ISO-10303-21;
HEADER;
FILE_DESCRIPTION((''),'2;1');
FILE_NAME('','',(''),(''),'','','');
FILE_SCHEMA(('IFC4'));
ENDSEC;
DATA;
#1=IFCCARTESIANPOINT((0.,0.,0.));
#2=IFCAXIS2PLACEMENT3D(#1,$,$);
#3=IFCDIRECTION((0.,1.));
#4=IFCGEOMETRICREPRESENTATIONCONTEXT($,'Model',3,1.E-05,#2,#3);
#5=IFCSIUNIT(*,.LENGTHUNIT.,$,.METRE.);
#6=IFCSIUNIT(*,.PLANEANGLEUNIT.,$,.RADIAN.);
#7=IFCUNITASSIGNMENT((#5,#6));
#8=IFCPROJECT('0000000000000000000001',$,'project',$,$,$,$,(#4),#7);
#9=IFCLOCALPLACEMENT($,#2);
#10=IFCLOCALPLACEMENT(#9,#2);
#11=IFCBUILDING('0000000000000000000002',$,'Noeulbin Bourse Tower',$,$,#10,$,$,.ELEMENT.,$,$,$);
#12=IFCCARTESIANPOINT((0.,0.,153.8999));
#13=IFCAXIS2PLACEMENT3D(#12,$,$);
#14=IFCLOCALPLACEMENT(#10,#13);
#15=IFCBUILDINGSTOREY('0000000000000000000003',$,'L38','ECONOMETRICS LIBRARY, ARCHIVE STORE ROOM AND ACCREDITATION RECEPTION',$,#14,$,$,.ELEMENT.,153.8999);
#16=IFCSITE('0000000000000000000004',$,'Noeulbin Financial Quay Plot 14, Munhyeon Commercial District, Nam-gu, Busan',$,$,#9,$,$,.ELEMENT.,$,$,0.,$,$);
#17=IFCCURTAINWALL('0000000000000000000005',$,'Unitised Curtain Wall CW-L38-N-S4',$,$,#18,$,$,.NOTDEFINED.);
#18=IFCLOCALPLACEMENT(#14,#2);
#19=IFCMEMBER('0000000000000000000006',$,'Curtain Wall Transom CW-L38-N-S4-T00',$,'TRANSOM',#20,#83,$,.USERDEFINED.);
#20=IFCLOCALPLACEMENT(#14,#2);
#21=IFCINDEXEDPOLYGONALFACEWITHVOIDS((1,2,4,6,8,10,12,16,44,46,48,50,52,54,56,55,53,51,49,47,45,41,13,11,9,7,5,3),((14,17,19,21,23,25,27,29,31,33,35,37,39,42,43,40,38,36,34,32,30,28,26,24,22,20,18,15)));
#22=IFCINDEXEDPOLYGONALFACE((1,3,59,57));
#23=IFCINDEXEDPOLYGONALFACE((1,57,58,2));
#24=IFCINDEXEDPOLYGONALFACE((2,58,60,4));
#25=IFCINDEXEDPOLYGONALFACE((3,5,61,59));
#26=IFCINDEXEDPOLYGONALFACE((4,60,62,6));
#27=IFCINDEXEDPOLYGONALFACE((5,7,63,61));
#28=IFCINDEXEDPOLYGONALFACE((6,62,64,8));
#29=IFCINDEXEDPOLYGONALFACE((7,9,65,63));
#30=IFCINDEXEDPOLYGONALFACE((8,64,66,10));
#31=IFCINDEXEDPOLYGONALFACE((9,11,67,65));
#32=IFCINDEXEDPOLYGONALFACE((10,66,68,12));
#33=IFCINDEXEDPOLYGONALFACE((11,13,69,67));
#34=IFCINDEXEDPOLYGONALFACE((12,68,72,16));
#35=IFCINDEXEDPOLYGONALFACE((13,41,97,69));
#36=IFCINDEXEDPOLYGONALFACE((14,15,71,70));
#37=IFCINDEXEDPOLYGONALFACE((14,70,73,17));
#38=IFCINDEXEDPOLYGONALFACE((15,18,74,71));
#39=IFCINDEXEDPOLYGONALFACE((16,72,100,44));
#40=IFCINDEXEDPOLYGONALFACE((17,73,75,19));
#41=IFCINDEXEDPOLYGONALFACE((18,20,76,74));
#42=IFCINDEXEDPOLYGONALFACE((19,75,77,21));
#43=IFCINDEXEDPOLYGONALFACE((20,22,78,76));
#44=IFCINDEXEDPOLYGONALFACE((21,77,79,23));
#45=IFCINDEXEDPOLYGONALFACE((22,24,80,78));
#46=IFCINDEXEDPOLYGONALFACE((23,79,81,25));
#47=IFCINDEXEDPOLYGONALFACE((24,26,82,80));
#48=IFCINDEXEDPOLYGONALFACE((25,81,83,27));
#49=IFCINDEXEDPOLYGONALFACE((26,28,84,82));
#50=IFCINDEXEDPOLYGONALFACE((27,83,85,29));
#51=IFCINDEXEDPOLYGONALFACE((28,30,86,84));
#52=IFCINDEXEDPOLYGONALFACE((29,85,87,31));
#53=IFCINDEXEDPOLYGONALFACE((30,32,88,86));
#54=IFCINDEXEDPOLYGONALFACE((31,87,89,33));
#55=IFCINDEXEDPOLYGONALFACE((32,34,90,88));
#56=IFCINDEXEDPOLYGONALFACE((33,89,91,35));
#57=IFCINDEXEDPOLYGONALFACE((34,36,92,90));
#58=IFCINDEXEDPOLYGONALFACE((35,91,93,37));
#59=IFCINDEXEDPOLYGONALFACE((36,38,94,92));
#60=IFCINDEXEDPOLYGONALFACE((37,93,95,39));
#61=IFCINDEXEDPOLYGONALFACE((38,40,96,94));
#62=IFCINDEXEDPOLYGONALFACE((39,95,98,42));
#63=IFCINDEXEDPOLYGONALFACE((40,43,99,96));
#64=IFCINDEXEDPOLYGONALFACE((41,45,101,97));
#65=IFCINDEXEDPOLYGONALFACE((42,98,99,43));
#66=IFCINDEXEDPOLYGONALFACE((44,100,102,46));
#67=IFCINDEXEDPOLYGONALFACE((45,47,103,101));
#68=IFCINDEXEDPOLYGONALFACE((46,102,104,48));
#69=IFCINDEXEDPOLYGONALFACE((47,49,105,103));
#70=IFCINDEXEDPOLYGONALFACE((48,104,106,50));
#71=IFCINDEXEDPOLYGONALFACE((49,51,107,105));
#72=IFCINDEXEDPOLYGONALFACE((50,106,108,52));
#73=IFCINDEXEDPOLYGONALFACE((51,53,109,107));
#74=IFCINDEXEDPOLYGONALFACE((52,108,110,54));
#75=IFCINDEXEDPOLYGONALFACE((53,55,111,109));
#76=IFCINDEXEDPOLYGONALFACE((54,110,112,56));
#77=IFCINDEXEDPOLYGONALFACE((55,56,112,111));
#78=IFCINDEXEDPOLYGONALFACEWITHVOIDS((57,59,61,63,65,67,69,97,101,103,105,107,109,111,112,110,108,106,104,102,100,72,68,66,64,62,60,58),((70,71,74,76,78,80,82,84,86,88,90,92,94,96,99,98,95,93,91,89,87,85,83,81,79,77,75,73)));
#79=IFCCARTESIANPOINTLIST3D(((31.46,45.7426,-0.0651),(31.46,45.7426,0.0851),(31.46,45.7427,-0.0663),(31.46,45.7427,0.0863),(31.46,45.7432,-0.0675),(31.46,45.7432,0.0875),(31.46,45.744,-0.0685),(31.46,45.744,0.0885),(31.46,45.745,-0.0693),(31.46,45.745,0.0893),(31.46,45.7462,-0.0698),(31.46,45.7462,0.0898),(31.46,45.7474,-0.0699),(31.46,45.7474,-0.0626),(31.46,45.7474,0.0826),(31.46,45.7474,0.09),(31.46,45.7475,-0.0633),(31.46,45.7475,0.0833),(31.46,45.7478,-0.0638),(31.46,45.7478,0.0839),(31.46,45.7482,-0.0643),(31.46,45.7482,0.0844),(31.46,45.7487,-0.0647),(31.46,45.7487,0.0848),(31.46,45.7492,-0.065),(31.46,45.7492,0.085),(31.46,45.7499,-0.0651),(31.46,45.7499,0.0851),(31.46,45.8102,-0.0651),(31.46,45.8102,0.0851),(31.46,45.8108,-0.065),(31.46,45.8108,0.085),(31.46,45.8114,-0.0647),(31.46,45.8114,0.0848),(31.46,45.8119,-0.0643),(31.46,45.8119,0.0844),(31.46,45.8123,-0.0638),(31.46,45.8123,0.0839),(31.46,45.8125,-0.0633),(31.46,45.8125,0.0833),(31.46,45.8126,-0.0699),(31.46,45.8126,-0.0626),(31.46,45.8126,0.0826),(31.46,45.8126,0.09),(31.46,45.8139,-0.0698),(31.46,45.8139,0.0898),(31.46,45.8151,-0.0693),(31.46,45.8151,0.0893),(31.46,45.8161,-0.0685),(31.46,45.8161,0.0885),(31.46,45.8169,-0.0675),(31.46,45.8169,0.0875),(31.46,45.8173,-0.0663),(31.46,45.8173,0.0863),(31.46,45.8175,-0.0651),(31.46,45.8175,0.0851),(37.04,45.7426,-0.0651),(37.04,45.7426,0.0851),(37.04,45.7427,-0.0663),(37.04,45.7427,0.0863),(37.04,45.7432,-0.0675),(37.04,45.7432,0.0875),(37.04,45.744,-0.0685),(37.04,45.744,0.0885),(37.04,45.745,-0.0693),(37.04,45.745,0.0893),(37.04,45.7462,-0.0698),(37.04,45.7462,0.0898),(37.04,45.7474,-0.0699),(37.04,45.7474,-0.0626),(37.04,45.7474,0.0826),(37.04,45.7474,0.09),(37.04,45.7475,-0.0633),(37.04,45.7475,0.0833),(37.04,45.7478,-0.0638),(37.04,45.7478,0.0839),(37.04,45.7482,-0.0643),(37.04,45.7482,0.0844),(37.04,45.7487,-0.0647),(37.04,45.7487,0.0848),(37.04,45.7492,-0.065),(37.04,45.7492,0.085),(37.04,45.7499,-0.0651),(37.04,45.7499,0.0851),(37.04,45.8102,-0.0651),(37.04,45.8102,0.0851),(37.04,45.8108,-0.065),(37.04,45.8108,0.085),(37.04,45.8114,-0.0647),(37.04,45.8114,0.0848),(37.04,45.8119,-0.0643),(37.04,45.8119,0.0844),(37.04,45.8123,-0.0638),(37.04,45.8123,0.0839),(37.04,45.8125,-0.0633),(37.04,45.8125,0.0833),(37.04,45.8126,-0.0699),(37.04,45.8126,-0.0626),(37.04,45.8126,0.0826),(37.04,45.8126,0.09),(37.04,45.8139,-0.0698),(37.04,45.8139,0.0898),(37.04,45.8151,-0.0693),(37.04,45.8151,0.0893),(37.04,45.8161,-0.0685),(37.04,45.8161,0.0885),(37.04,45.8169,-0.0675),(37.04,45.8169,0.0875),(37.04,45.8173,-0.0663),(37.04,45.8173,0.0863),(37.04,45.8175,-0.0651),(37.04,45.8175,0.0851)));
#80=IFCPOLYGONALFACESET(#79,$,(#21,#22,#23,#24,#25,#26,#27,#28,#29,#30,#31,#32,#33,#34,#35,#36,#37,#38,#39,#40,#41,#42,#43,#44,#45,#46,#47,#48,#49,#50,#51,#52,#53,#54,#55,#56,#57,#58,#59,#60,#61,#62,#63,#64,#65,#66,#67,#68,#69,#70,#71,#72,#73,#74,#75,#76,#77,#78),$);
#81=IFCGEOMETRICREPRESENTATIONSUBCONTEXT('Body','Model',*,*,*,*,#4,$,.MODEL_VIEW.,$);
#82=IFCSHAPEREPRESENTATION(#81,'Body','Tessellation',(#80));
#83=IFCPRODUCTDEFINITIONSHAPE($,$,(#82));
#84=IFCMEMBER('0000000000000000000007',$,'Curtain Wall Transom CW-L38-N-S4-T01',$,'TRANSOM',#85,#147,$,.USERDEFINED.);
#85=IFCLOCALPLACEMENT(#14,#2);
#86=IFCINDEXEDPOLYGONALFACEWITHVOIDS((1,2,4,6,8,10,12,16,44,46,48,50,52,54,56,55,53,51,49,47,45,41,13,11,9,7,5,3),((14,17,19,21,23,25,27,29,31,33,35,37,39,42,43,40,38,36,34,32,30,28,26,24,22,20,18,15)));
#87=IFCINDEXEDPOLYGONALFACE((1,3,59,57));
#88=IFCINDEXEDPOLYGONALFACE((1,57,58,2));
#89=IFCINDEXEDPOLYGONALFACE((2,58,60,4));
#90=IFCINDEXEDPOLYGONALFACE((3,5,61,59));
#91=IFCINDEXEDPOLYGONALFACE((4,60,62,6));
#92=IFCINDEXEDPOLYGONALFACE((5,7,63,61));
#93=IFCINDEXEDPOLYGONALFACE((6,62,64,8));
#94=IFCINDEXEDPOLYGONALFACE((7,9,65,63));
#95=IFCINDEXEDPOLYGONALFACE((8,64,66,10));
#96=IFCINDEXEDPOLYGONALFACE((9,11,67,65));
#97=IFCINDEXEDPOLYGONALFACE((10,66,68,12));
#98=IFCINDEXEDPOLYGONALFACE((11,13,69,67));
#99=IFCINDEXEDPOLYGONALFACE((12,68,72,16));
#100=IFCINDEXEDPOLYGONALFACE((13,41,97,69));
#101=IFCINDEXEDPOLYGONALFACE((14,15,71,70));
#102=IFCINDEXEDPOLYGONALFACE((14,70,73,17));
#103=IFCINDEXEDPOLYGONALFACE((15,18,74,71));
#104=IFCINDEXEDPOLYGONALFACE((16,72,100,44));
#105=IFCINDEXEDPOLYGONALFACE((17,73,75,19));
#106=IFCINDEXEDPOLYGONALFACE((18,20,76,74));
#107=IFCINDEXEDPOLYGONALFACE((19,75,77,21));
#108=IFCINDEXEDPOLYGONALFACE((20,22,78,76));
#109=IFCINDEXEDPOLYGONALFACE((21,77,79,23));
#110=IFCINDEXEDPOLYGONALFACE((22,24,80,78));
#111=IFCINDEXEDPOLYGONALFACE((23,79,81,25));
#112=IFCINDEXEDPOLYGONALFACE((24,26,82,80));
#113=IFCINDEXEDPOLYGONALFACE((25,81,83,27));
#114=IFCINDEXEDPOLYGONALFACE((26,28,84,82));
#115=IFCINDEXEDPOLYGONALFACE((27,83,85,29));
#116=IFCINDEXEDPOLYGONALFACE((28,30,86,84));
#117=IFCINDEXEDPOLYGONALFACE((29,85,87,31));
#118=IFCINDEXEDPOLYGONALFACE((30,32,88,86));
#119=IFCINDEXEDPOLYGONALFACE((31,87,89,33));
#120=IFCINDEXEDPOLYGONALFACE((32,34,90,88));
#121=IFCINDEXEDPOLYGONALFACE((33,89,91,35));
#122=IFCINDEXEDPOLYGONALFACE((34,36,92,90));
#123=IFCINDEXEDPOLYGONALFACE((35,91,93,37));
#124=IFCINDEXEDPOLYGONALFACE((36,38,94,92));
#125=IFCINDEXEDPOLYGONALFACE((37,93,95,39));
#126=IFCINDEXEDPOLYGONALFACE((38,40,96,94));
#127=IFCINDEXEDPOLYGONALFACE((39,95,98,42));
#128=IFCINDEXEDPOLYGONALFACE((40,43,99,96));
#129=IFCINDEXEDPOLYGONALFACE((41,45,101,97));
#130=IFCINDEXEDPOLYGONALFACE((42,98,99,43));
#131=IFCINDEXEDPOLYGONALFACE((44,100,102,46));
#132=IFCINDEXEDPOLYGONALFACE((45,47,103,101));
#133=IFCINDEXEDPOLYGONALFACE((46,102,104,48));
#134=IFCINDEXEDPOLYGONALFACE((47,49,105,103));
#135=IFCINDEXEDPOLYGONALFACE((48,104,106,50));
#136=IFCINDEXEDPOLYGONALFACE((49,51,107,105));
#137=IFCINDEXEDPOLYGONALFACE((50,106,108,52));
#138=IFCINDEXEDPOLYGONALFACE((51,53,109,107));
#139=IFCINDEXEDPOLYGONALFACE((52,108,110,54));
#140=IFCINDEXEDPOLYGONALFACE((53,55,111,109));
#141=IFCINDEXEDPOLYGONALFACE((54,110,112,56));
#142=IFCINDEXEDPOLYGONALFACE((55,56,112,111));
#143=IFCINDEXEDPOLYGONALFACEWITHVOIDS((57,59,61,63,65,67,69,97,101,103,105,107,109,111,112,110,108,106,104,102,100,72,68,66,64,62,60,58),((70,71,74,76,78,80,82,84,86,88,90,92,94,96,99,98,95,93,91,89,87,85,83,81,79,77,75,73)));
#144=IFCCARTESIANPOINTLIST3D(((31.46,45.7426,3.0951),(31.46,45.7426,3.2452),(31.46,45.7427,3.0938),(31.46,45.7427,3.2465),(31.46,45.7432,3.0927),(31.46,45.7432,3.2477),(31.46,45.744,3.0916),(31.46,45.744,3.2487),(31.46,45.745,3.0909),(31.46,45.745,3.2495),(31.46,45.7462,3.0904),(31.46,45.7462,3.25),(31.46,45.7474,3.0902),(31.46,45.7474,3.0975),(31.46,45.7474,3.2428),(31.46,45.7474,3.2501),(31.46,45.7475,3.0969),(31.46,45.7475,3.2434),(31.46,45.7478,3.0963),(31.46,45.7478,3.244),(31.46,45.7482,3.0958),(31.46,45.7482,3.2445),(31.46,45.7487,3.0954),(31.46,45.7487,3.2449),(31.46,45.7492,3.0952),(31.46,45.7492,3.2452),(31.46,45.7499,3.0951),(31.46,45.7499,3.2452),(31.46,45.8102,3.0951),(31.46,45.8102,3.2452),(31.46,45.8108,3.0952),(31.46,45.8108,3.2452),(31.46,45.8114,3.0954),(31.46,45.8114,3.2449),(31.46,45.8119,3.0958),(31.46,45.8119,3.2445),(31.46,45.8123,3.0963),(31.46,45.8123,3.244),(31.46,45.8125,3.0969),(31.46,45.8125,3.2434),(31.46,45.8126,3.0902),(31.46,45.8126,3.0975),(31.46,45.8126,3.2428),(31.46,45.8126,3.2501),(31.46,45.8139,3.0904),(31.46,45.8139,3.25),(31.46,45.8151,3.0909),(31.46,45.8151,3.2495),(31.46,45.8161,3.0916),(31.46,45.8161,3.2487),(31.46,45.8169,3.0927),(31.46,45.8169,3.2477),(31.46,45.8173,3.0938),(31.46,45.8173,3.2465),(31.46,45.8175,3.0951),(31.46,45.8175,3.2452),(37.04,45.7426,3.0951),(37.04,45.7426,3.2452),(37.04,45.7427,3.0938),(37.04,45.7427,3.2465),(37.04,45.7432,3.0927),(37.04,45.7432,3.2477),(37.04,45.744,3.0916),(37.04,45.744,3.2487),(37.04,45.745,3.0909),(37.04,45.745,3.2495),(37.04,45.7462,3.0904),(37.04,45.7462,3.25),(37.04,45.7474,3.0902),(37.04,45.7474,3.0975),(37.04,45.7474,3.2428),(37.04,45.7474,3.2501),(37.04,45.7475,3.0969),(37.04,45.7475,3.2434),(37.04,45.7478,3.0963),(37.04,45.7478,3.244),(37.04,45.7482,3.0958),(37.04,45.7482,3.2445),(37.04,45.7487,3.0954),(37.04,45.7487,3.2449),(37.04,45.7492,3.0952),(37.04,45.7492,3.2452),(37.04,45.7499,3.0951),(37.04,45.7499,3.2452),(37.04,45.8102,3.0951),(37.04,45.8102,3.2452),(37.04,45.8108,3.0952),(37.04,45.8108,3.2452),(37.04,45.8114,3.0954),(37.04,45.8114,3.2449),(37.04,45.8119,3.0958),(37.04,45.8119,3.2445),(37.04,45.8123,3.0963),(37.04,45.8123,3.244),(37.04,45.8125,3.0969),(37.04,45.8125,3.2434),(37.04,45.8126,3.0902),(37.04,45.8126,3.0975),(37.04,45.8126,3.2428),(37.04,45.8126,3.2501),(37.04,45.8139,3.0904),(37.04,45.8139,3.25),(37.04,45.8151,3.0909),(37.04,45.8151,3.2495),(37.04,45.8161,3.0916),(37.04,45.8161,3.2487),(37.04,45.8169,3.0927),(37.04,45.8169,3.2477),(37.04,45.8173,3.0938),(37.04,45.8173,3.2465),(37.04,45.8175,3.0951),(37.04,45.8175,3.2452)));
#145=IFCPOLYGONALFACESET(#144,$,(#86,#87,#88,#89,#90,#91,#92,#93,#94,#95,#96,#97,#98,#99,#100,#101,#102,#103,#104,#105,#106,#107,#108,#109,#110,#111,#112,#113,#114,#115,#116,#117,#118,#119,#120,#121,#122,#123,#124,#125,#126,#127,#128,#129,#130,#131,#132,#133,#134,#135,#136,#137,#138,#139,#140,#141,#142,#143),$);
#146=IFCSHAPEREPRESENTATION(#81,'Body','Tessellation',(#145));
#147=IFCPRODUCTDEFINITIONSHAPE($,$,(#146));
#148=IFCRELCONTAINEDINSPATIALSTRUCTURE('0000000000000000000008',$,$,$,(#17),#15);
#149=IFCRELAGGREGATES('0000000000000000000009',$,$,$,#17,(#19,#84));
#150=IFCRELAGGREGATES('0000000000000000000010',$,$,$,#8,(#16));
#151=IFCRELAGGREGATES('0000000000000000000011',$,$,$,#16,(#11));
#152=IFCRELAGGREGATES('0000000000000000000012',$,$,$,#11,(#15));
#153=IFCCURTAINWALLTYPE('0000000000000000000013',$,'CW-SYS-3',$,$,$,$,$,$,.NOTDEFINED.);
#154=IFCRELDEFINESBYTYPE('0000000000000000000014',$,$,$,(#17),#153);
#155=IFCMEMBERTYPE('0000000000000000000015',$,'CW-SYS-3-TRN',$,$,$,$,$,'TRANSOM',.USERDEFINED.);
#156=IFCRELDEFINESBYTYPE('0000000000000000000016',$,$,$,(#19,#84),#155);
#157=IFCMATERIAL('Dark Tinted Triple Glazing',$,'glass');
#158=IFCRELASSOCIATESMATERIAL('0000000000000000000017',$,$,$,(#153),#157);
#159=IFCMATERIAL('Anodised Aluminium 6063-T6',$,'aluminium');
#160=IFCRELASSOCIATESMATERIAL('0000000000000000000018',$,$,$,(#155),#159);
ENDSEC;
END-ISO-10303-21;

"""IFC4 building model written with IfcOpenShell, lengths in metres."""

from ifc_helpers import new_model, si_unit, direction, frame, origin, origin_2d, place, context, subcontext, project, spatial, hollow_rectangle, extrude, material, material_profile, profile_set, type_object, element, aggregate, save


model = new_model("IFC4")

# Units and contexts
model_context = context("Model", 3, precision=1e-05, world=origin(), true_north=direction((0.0, 1.0)))
body_context = subcontext(model_context, "Body", "Model", "MODEL_VIEW")
ifc_project = project(units=[si_unit("LENGTHUNIT", "METRE"), si_unit("PLANEANGLEUNIT", "RADIAN")], contexts=[model_context])

# Site, building, storey
site_placement = place(None, origin())
site = spatial("IfcSite", under=ifc_project, at=site_placement, Name="Noeulbin Financial Quay Plot 14, Munhyeon Commercial District, Nam-gu, Busan", CompositionType="ELEMENT", RefElevation=0.0)
building_placement = place(site_placement, origin())
building = spatial("IfcBuilding", under=site, at=building_placement, Name="Noeulbin Bourse Tower", CompositionType="ELEMENT")
storey_placement = place(building_placement, frame((0.0, 0.0, 153.8999)))
storey = spatial("IfcBuildingStorey", under=building, at=storey_placement, Name="L38", Description="ECONOMETRICS LIBRARY, ARCHIVE STORE ROOM AND ACCREDITATION RECEPTION", CompositionType="ELEMENT", Elevation=153.8999)

# Shared definitions
ifc_material_1 = material(Name="Dark Tinted Triple Glazing", Category="glass")
curtain_wall_type = type_object("IfcCurtainWallType", Name="CW-SYS-3", PredefinedType="NOTDEFINED", material=ifc_material_1)
ifc_material_2 = material(Name="Anodised Aluminium 6063-T6", Category="aluminium")

# Curtain wall
curtain_wall_1_placement = place(storey_placement, origin())
curtain_wall_1 = element("IfcCurtainWall", 1, at=curtain_wall_1_placement, inside=storey, type_object=curtain_wall_type, Name="Unitised Curtain Wall CW-L38-N-S4", PredefinedType="NOTDEFINED")

# Members
ifc_material_profile_1 = material_profile(ifc_material_2, hollow_rectangle(XDim=0.075, YDim=0.1599, WallThickness=0.0049, InnerFilletRadius=0.0024, OuterFilletRadius=0.0049, at=origin_2d()), Name="ALU-TRAN-75x160x5", Category="LoadBearing")
ifc_profile_set_1 = profile_set([ifc_material_profile_1], Name="Anodised Aluminium 6063-T6")
member_type_1 = type_object("IfcMemberType", Name="CW-SYS-3-TRN", ElementType="TRANSOM", PredefinedType="USERDEFINED", material=ifc_profile_set_1)
member_1_placement = place(storey_placement, frame((31.46, 45.78, 0.01), z_axis=(1.0, 0.0, 0.0), x_axis=(0.0, 1.0, 0.0)))
member_1 = element("IfcMember", 2, at=member_1_placement, type_object=member_type_1, Name="Curtain Wall Transom CW-L38-N-S4-T00", ObjectType="TRANSOM", PredefinedType="USERDEFINED", context=body_context, shape_type="SweptSolid", body=[
    extrude(hollow_rectangle(XDim=0.075, YDim=0.1599, WallThickness=0.0049, InnerFilletRadius=0.0024, OuterFilletRadius=0.0049, at=origin_2d()), origin(), (0.0, 0.0, 1.0), 5.5801),
])
member_2_placement = place(storey_placement, frame((31.46, 45.78, 3.1702), z_axis=(1.0, 0.0, 0.0), x_axis=(0.0, 1.0, 0.0)))
member_2 = element("IfcMember", 3, at=member_2_placement, type_object=member_type_1, Name="Curtain Wall Transom CW-L38-N-S4-T01", ObjectType="TRANSOM", PredefinedType="USERDEFINED", context=body_context, shape_type="SweptSolid", body=[
    extrude(hollow_rectangle(XDim=0.075, YDim=0.1599, WallThickness=0.0049, InnerFilletRadius=0.0024, OuterFilletRadius=0.0049, at=origin_2d()), origin(), (0.0, 0.0, 1.0), 5.5801),
])

aggregate(curtain_wall_1, [member_1, member_2])

save(model, "model.ifc")
